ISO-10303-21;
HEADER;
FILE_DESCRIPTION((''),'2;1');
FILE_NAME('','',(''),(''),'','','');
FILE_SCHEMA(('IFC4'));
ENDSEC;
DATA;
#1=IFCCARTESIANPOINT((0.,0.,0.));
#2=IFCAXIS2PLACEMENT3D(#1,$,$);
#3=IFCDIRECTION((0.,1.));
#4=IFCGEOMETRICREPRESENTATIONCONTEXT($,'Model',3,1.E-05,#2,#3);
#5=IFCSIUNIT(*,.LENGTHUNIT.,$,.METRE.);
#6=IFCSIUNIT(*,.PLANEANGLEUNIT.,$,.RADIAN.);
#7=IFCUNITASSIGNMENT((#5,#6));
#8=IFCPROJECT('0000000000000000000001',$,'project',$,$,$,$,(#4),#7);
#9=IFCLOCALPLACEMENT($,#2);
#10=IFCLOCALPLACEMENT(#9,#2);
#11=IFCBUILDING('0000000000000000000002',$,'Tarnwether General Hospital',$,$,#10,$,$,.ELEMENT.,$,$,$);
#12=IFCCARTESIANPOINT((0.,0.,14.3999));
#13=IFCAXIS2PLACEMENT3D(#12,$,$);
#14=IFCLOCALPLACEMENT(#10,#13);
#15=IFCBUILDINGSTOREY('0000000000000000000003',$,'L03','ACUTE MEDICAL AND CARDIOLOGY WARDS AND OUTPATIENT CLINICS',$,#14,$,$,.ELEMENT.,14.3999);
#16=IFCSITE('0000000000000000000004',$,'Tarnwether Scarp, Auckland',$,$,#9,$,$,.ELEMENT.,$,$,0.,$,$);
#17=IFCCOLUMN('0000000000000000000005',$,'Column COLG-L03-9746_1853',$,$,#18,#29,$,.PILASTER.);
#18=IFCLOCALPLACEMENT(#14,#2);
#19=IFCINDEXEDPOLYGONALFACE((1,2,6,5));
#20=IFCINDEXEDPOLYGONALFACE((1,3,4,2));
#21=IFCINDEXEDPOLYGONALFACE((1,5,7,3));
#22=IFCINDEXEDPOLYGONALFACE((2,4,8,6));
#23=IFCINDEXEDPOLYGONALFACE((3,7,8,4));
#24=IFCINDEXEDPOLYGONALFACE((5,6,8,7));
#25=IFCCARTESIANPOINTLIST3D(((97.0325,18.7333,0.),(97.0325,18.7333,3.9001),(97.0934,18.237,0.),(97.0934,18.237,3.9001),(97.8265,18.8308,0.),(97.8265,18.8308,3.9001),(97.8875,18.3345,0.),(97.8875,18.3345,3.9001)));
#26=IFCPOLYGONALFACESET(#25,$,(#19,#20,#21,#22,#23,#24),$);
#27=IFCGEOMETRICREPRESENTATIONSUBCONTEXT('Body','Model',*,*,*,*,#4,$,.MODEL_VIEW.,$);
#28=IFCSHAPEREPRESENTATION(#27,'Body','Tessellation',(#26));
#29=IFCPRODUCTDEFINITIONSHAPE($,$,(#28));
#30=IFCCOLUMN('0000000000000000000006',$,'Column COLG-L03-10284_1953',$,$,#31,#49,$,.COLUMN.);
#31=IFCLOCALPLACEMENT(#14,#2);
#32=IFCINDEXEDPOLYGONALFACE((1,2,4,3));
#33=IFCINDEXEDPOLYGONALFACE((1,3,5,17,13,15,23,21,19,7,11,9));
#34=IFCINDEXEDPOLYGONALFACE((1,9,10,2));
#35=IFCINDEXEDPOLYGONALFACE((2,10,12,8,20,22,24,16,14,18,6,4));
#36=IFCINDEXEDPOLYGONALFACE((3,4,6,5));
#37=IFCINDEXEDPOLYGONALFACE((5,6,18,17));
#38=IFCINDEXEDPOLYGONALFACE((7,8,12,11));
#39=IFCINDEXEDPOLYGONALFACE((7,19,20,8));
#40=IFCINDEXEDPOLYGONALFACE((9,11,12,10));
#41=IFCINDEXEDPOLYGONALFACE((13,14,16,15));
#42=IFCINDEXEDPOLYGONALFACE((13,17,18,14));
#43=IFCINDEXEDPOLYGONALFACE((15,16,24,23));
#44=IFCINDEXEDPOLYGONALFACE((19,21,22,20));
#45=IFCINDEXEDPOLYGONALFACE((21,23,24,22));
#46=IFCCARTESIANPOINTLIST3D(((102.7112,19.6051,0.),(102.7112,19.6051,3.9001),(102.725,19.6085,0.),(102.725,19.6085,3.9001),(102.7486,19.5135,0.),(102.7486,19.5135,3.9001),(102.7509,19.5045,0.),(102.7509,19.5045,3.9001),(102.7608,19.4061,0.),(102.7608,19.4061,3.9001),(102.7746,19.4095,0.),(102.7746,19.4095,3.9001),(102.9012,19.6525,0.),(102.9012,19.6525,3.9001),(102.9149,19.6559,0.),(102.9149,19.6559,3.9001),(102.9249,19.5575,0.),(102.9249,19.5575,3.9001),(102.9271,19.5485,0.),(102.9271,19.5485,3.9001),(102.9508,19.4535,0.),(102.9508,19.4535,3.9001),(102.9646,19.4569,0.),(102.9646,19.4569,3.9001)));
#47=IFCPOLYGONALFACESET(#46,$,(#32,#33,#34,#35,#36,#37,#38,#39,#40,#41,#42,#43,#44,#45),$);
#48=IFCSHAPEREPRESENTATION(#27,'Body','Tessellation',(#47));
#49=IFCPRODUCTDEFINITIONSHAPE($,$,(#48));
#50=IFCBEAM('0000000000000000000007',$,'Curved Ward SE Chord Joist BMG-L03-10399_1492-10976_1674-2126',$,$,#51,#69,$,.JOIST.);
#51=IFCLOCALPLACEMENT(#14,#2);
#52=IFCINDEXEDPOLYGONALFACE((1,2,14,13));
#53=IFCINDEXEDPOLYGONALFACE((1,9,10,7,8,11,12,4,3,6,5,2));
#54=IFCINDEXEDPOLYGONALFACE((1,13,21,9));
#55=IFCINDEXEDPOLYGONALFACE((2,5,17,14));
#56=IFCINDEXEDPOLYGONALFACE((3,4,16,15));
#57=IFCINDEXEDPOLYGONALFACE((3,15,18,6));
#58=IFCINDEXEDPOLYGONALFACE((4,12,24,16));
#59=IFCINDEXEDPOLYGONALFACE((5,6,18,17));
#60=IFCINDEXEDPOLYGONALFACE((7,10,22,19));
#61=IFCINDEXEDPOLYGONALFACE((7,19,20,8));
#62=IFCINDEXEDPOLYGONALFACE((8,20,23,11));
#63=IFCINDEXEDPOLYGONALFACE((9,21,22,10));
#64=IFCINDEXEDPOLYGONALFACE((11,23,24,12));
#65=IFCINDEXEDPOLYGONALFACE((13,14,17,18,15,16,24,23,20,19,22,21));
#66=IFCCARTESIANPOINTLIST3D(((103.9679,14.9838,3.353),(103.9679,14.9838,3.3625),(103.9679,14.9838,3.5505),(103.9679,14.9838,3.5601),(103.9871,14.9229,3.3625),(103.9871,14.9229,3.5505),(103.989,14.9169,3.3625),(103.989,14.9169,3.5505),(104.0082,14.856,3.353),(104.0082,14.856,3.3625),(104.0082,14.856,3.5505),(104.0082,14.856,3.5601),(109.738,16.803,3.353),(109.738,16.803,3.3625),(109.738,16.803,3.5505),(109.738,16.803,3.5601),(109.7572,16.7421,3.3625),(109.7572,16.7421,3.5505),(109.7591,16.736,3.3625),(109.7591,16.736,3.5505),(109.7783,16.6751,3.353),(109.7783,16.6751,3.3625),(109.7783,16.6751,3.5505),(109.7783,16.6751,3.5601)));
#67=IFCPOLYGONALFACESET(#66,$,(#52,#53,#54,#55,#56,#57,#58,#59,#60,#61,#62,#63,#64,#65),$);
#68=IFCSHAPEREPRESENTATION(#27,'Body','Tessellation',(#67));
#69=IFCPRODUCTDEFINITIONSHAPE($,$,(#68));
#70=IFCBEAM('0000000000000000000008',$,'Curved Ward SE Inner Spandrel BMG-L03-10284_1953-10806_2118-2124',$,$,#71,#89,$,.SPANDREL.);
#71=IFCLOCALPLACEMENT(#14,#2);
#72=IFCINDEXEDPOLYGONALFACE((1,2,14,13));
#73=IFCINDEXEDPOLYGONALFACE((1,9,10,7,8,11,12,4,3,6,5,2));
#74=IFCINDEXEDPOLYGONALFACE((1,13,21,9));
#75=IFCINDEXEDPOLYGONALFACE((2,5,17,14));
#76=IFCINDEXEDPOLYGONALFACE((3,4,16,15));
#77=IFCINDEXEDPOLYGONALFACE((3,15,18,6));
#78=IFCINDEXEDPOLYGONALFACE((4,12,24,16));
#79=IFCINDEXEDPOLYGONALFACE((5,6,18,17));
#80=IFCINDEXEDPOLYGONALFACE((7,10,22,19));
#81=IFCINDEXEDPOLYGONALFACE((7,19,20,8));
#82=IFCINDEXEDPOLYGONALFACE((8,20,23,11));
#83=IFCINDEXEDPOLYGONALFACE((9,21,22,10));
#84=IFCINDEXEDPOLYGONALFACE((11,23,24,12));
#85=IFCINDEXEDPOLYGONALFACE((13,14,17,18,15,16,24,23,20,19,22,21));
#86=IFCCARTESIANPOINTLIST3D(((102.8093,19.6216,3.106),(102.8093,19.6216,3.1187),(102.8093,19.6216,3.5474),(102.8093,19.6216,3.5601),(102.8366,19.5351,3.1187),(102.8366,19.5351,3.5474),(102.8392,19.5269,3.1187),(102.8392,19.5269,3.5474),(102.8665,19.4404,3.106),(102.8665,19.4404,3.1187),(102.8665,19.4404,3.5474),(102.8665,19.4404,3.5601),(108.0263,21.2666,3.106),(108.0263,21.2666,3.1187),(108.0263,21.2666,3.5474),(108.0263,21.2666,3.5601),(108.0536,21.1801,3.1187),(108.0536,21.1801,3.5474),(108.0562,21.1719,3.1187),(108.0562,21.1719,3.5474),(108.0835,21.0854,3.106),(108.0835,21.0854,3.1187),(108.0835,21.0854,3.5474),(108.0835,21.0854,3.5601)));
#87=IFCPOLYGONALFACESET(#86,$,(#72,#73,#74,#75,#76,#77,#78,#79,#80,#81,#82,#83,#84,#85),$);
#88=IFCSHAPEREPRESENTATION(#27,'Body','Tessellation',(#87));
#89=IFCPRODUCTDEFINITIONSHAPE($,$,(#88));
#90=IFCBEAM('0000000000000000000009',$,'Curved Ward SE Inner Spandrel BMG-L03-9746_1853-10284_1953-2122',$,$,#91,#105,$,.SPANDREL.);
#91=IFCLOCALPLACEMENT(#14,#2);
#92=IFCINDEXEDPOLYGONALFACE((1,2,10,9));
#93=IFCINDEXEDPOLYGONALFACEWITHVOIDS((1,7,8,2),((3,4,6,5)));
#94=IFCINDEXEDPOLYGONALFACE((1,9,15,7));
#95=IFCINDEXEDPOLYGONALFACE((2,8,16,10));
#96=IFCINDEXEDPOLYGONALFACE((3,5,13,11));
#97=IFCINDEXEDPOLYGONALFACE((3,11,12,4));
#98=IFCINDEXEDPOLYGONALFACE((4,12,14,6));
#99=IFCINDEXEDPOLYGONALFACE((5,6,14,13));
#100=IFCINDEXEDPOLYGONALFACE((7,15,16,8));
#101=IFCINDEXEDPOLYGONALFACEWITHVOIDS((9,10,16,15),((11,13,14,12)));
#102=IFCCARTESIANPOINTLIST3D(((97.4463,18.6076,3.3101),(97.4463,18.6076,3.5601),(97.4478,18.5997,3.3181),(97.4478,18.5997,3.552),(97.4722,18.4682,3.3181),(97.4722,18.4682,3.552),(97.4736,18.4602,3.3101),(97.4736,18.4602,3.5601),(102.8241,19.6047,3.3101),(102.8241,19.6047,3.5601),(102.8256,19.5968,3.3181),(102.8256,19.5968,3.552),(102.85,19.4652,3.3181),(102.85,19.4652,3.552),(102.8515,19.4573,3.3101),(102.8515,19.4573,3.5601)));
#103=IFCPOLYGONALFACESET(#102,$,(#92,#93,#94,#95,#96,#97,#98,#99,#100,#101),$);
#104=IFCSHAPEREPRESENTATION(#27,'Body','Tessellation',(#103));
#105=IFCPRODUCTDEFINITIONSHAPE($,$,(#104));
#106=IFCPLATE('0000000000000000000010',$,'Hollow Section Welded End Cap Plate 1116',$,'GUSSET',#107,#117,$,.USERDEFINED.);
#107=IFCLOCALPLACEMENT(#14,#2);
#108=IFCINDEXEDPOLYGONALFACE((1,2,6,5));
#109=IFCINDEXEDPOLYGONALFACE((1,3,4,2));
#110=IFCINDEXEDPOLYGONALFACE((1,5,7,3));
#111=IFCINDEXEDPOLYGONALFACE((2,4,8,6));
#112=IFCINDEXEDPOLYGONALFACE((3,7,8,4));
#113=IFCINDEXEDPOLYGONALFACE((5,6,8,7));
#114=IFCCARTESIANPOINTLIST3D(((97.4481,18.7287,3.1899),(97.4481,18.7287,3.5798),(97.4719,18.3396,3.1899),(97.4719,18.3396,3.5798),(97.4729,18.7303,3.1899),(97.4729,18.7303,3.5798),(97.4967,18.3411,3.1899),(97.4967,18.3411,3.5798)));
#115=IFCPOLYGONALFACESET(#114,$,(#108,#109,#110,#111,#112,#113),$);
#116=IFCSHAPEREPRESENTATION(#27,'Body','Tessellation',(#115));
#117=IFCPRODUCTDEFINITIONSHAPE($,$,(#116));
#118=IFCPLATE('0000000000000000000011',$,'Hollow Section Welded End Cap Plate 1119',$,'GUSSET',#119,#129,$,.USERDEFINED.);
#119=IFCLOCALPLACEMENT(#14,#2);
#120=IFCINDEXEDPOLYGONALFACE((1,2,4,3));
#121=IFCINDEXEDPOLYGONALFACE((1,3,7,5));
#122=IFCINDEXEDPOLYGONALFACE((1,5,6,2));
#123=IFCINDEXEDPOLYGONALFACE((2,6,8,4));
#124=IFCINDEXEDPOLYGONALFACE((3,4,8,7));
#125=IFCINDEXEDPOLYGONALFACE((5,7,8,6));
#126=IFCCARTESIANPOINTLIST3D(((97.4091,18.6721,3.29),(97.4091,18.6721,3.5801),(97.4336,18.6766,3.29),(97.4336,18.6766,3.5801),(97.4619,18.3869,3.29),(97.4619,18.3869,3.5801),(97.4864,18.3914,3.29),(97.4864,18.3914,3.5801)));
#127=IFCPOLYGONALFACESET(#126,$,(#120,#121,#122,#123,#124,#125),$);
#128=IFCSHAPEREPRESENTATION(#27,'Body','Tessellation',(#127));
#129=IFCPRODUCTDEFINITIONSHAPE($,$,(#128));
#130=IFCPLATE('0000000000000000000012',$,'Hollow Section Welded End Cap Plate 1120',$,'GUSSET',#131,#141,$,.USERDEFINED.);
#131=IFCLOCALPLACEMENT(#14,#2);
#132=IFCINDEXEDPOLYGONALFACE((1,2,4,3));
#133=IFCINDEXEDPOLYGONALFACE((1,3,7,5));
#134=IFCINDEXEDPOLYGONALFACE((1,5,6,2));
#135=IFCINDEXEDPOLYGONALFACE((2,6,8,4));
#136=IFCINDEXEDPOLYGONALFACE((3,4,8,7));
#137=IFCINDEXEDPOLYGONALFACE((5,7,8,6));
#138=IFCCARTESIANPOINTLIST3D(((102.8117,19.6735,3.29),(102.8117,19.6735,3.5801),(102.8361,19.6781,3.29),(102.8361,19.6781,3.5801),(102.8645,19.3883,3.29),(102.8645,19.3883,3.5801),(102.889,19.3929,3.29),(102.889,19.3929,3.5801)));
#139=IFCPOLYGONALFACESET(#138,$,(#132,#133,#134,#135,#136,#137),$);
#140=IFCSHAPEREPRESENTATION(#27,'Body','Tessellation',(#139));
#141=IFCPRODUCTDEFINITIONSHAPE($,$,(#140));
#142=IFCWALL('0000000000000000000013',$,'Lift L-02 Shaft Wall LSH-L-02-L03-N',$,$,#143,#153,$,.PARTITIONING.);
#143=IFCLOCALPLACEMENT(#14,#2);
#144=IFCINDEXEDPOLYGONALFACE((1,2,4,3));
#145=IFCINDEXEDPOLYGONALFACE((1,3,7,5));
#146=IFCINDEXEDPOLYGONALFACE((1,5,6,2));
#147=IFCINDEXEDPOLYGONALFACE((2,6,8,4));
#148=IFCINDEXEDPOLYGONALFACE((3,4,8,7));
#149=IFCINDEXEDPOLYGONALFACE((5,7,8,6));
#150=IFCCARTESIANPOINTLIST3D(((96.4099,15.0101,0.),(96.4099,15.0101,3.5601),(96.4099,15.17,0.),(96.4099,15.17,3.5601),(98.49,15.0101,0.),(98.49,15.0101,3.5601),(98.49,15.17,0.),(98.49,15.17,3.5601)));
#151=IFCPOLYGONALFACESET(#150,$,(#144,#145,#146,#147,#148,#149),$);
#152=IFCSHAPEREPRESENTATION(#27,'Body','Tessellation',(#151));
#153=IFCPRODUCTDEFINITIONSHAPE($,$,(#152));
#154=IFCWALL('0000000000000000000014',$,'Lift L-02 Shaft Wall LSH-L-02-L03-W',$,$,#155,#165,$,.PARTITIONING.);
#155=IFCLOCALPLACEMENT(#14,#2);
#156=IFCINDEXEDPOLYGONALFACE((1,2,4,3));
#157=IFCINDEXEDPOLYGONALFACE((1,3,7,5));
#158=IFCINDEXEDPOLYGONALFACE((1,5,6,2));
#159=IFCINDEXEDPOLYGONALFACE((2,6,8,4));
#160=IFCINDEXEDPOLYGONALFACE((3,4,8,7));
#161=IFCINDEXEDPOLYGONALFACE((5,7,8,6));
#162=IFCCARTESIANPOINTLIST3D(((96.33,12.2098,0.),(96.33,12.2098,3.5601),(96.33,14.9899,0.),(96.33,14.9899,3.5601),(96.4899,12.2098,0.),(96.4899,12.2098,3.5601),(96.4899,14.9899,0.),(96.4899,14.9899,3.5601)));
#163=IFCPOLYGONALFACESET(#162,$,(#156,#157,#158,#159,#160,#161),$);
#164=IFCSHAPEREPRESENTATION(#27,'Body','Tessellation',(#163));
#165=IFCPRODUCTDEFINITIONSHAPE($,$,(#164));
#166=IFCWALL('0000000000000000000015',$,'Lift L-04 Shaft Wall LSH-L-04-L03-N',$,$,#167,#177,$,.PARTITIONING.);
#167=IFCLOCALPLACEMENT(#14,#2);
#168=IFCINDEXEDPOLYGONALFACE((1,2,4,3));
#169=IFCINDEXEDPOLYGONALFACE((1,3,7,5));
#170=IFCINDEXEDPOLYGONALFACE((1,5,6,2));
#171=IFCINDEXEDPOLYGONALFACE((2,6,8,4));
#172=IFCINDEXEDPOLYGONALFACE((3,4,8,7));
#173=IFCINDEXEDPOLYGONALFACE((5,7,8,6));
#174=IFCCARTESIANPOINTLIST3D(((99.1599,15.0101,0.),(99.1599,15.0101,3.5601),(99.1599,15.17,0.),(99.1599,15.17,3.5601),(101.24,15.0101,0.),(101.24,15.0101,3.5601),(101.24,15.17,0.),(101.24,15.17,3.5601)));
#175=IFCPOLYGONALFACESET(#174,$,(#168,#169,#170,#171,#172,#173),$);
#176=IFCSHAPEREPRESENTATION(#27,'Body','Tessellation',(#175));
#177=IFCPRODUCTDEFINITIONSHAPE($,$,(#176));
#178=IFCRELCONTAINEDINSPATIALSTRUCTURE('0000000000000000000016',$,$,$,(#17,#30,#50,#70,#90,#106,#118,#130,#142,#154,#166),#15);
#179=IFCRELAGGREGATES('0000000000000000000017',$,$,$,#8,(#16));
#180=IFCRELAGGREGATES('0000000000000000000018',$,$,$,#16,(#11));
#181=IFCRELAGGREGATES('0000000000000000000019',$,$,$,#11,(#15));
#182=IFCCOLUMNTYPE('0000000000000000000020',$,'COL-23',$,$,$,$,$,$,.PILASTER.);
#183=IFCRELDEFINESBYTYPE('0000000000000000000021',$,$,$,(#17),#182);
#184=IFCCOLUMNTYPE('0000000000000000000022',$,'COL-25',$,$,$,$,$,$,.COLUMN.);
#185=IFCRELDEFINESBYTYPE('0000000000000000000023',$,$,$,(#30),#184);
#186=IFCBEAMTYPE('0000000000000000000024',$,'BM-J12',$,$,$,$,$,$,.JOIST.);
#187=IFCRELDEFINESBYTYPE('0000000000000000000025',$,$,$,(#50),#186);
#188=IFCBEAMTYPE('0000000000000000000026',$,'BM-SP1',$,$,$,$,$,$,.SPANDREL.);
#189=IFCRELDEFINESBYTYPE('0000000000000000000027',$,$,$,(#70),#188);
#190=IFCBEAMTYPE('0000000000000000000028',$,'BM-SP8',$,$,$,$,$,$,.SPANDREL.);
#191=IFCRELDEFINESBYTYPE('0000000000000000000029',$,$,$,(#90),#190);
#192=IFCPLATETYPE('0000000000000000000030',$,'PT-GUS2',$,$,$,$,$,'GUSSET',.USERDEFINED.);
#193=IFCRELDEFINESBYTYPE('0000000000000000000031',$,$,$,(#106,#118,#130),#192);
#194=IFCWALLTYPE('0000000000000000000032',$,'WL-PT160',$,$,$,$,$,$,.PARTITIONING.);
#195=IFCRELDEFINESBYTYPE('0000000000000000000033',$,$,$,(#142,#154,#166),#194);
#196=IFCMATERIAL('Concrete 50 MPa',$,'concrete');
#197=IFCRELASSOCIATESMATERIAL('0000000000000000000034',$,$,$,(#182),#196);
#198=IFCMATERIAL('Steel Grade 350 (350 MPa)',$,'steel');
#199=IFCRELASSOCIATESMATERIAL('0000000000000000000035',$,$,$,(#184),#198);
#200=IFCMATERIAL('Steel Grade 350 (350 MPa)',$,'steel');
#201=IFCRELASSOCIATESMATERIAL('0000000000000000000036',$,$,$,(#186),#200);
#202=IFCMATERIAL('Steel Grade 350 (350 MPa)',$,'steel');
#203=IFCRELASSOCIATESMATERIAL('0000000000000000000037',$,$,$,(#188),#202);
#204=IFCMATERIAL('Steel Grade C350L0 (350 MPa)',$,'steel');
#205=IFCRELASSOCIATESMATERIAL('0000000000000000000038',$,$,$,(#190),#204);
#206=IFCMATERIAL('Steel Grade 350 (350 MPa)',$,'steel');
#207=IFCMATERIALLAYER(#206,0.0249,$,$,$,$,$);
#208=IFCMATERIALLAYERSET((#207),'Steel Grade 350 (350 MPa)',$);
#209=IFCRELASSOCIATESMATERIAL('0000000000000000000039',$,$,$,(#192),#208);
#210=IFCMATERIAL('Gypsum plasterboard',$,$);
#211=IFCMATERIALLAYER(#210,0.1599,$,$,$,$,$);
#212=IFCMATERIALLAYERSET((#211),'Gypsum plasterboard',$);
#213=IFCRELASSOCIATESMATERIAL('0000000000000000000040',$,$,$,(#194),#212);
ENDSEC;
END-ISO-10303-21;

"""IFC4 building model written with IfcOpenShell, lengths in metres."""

from ifc_helpers import new_model, si_unit, direction, frame, frame_2d, origin, origin_2d, place, context, subcontext, project, spatial, rectangle, hollow_rectangle, i_section, extrude, material, layer, layer_set, material_profile, profile_set, type_object, element, save


model = new_model("IFC4")

# Units and contexts
model_context = context("Model", 3, precision=1e-05, world=origin(), true_north=direction((0.0, 1.0)))
body_context = subcontext(model_context, "Body", "Model", "MODEL_VIEW")
ifc_project = project(units=[si_unit("LENGTHUNIT", "METRE"), si_unit("PLANEANGLEUNIT", "RADIAN")], contexts=[model_context])

# Site, building, storey
site_placement = place(None, origin())
site = spatial("IfcSite", under=ifc_project, at=site_placement, Name="Tarnwether Scarp, Auckland", CompositionType="ELEMENT", RefElevation=0.0)
building_placement = place(site_placement, origin())
building = spatial("IfcBuilding", under=site, at=building_placement, Name="Tarnwether General Hospital", CompositionType="ELEMENT")
storey_placement = place(building_placement, frame((0.0, 0.0, 14.3999)))
storey = spatial("IfcBuildingStorey", under=building, at=storey_placement, Name="L03", Description="ACUTE MEDICAL AND CARDIOLOGY WARDS AND OUTPATIENT CLINICS", CompositionType="ELEMENT", Elevation=14.3999)

# Columns
ifc_material_1 = material(Name="Concrete 50 MPa", Category="concrete")
ifc_material_profile_1 = material_profile(ifc_material_1, rectangle(XDim=0.5, YDim=0.8, at=origin_2d()), Name="RC-PIL-500x800")
ifc_profile_set_1 = profile_set([ifc_material_profile_1], Name="Concrete 50 MPa")
column_type_1 = type_object("IfcColumnType", Name="COL-23", PredefinedType="PILASTER", material=ifc_profile_set_1)
column_1_placement = place(storey_placement, frame((97.46, 18.5339, 0.0), z_axis=(0.0, 0.0, 1.0), x_axis=(-0.121869, 0.992546, 0.0)))
element("IfcColumn", 1, at=column_1_placement, inside=storey, type_object=column_type_1, Name="Column COLG-L03-9746_1853", PredefinedType="PILASTER", context=body_context, shape_type="SweptSolid", body=[
    extrude(rectangle(XDim=0.5, YDim=0.8, at=origin_2d()), origin(), (0.0, 0.0, 1.0), 3.9001),
])
ifc_material_2 = material(Name="Steel Grade 350 (350 MPa)", Category="steel")
ifc_material_profile_2 = material_profile(ifc_material_2, i_section(OverallWidth=0.2051, OverallDepth=0.21, WebThickness=0.0093, FlangeThickness=0.0142, at=origin_2d()), Name="200UC59.5")
ifc_profile_set_2 = profile_set([ifc_material_profile_2], Name="Steel Grade 350 (350 MPa)")
column_type_2 = type_object("IfcColumnType", Name="COL-25", PredefinedType="COLUMN", material=ifc_profile_set_2)
column_2_placement = place(storey_placement, frame((102.8379, 19.531, 0.0), z_axis=(0.0, 0.0, 1.0), x_axis=(-0.241922, 0.970296, 0.0)))
element("IfcColumn", 2, at=column_2_placement, inside=storey, type_object=column_type_2, Name="Column COLG-L03-10284_1953", PredefinedType="COLUMN", context=body_context, shape_type="SweptSolid", body=[
    extrude(i_section(OverallWidth=0.2051, OverallDepth=0.21, WebThickness=0.0093, FlangeThickness=0.0142, at=origin_2d()), origin(), (0.0, 0.0, 1.0), 3.9001),
])

# Beams
ifc_material_3 = material(Name="Steel Grade 350 (350 MPa)", Category="steel")
ifc_material_profile_3 = material_profile(ifc_material_3, i_section(OverallWidth=0.134, OverallDepth=0.207, WebThickness=0.0063, FlangeThickness=0.0095, at=origin_2d()), Name="200UB29.8")
ifc_profile_set_3 = profile_set([ifc_material_profile_3], Name="Steel Grade 350 (350 MPa)")
beam_type_1 = type_object("IfcBeamType", Name="BM-J12", PredefinedType="JOIST", material=ifc_profile_set_3)
beam_1_placement = place(storey_placement, frame((103.988, 14.9199, 3.4565), z_axis=(0.953726, 0.300677, 0.0), x_axis=(-0.300677, 0.953726, 0.0)))
element("IfcBeam", 3, at=beam_1_placement, inside=storey, type_object=beam_type_1, Name="Curved Ward SE Chord Joist BMG-L03-10399_1492-10976_1674-2126", PredefinedType="JOIST", context=body_context, shape_type="SweptSolid", body=[
    extrude(i_section(OverallWidth=0.134, OverallDepth=0.207, WebThickness=0.0063, FlangeThickness=0.0095, at=origin_2d()), origin(), (0.0, 0.0, 1.0), 6.05),
])
ifc_material_4 = material(Name="Steel Grade 350 (350 MPa)", Category="steel")
ifc_material_profile_4 = material_profile(ifc_material_4, i_section(OverallWidth=0.1899, OverallDepth=0.4541, WebThickness=0.0085, FlangeThickness=0.0127, at=origin_2d()), Name="460UB67.1")
ifc_profile_set_4 = profile_set([ifc_material_profile_4], Name="Steel Grade 350 (350 MPa)")
beam_type_2 = type_object("IfcBeamType", Name="BM-SP1", PredefinedType="SPANDREL", material=ifc_profile_set_4)
beam_2_placement = place(storey_placement, frame((102.8379, 19.531, 3.333), z_axis=(0.953712, 0.300721, 0.0), x_axis=(-0.300721, 0.953712, 0.0)))
element("IfcBeam", 4, at=beam_2_placement, inside=storey, type_object=beam_type_2, Name="Curved Ward SE Inner Spandrel BMG-L03-10284_1953-10806_2118-2124", PredefinedType="SPANDREL", context=body_context, shape_type="SweptSolid", body=[
    extrude(i_section(OverallWidth=0.1899, OverallDepth=0.4541, WebThickness=0.0085, FlangeThickness=0.0127, at=origin_2d()), origin(), (0.0, 0.0, 1.0), 5.4702),
])
ifc_material_5 = material(Name="Steel Grade C350L0 (350 MPa)", Category="steel")
ifc_material_profile_5 = material_profile(ifc_material_5, hollow_rectangle(XDim=0.1499, YDim=0.25, WallThickness=0.0081, at=origin_2d()), Name="RHS250x150x8")
ifc_profile_set_5 = profile_set([ifc_material_profile_5], Name="Steel Grade C350L0 (350 MPa)")
beam_type_3 = type_object("IfcBeamType", Name="BM-SP8", PredefinedType="SPANDREL", material=ifc_profile_set_5)
beam_3_placement = place(storey_placement, frame((97.46, 18.5339, 3.4351), z_axis=(0.983244, 0.182294, 0.0), x_axis=(-0.182294, 0.983244, 0.0)))
element("IfcBeam", 5, at=beam_3_placement, inside=storey, type_object=beam_type_3, Name="Curved Ward SE Inner Spandrel BMG-L03-9746_1853-10284_1953-2122", PredefinedType="SPANDREL", context=body_context, shape_type="SweptSolid", body=[
    extrude(hollow_rectangle(XDim=0.1499, YDim=0.25, WallThickness=0.0081, at=origin_2d()), origin(), (0.0, 0.0, 1.0), 5.4695),
])

# Plates
ifc_material_6 = material(Name="Steel Grade 350 (350 MPa)", Category="steel")
ifc_layer_1 = layer(ifc_material_6, 0.0249)
ifc_layer_set_1 = layer_set([ifc_layer_1], Name="Steel Grade 350 (350 MPa)")
plate_type = type_object("IfcPlateType", Name="PT-GUS2", ElementType="GUSSET", PredefinedType="USERDEFINED", material=ifc_layer_set_1)
plate_placement = place(storey_placement, frame((97.4724, 18.5349, 3.1899), z_axis=(0.0, 0.0, 1.0), x_axis=(0.998134, 0.061066, 0.0)))
element("IfcPlate", 6, at=plate_placement, inside=storey, type_object=plate_type, Name="Hollow Section Welded End Cap Plate 1116", ObjectType="GUSSET", PredefinedType="USERDEFINED", context=body_context, shape_type="SweptSolid", body=[
    extrude(rectangle(XDim=0.0249, YDim=0.3899, at=origin_2d()), origin(), (0.0, 0.0, 1.0), 0.3899),
])
for number, where, z_axis, x_axis, name in (
    (7, (97.4478, 18.5317, 3.29), (0.0, 0.0, 1.0), (0.983245, 0.182287, 0.0), "Hollow Section Welded End Cap Plate 1119"),
    (8, (102.8503, 19.5332, 3.29), (0.0, 0.0, 1.0), (0.983245, 0.182287, 0.0), "Hollow Section Welded End Cap Plate 1120"),
):
    element("IfcPlate", number, at=place(storey_placement, frame(where, z_axis=z_axis, x_axis=x_axis)), inside=storey, type_object=plate_type, Name=name, ObjectType="GUSSET", PredefinedType="USERDEFINED", context=body_context, shape_type="SweptSolid", body=[
        extrude(rectangle(XDim=0.0249, YDim=0.29, at=origin_2d()), origin(), (0.0, 0.0, 1.0), 0.29),
    ])

# Walls
ifc_material_7 = material(Name="Gypsum plasterboard")
ifc_layer_2 = layer(ifc_material_7, 0.1599)
ifc_layer_set_2 = layer_set([ifc_layer_2], Name="Gypsum plasterboard")
wall_type_1 = type_object("IfcWallType", Name="WL-PT160", PredefinedType="PARTITIONING", material=ifc_layer_set_2)
wall_1_placement = place(storey_placement, frame((98.49, 15.0901, 0.0), z_axis=(0.0, 0.0, 1.0), x_axis=(-1.0, 0.0, 0.0)))
element("IfcWall", 9, at=wall_1_placement, inside=storey, type_object=wall_type_1, Name="Lift L-02 Shaft Wall LSH-L-02-L03-N", PredefinedType="PARTITIONING", context=body_context, shape_type="SweptSolid", body=[
    extrude(rectangle(XDim=2.0801, YDim=0.1599, at=frame_2d((1.04, 0.0))), origin(), (0.0, 0.0, 1.0), 3.5601),
])
wall_2_placement = place(storey_placement, frame((96.4099, 14.99, 0.0), z_axis=(0.0, 0.0, 1.0), x_axis=(0.0, -1.0, 0.0)))
element("IfcWall", 10, at=wall_2_placement, inside=storey, type_object=wall_type_1, Name="Lift L-02 Shaft Wall LSH-L-02-L03-W", PredefinedType="PARTITIONING", context=body_context, shape_type="SweptSolid", body=[
    extrude(rectangle(XDim=2.78, YDim=0.1599, at=frame_2d((1.3901, 0.0))), origin(), (0.0, 0.0, 1.0), 3.5601),
])
wall_3_placement = place(storey_placement, frame((101.24, 15.0901, 0.0), z_axis=(0.0, 0.0, 1.0), x_axis=(-1.0, 0.0, 0.0)))
element("IfcWall", 11, at=wall_3_placement, inside=storey, type_object=wall_type_1, Name="Lift L-04 Shaft Wall LSH-L-04-L03-N", PredefinedType="PARTITIONING", context=body_context, shape_type="SweptSolid", body=[
    extrude(rectangle(XDim=2.0801, YDim=0.1599, at=frame_2d((1.04, 0.0))), origin(), (0.0, 0.0, 1.0), 3.5601),
])

save(model, "model.ifc")
